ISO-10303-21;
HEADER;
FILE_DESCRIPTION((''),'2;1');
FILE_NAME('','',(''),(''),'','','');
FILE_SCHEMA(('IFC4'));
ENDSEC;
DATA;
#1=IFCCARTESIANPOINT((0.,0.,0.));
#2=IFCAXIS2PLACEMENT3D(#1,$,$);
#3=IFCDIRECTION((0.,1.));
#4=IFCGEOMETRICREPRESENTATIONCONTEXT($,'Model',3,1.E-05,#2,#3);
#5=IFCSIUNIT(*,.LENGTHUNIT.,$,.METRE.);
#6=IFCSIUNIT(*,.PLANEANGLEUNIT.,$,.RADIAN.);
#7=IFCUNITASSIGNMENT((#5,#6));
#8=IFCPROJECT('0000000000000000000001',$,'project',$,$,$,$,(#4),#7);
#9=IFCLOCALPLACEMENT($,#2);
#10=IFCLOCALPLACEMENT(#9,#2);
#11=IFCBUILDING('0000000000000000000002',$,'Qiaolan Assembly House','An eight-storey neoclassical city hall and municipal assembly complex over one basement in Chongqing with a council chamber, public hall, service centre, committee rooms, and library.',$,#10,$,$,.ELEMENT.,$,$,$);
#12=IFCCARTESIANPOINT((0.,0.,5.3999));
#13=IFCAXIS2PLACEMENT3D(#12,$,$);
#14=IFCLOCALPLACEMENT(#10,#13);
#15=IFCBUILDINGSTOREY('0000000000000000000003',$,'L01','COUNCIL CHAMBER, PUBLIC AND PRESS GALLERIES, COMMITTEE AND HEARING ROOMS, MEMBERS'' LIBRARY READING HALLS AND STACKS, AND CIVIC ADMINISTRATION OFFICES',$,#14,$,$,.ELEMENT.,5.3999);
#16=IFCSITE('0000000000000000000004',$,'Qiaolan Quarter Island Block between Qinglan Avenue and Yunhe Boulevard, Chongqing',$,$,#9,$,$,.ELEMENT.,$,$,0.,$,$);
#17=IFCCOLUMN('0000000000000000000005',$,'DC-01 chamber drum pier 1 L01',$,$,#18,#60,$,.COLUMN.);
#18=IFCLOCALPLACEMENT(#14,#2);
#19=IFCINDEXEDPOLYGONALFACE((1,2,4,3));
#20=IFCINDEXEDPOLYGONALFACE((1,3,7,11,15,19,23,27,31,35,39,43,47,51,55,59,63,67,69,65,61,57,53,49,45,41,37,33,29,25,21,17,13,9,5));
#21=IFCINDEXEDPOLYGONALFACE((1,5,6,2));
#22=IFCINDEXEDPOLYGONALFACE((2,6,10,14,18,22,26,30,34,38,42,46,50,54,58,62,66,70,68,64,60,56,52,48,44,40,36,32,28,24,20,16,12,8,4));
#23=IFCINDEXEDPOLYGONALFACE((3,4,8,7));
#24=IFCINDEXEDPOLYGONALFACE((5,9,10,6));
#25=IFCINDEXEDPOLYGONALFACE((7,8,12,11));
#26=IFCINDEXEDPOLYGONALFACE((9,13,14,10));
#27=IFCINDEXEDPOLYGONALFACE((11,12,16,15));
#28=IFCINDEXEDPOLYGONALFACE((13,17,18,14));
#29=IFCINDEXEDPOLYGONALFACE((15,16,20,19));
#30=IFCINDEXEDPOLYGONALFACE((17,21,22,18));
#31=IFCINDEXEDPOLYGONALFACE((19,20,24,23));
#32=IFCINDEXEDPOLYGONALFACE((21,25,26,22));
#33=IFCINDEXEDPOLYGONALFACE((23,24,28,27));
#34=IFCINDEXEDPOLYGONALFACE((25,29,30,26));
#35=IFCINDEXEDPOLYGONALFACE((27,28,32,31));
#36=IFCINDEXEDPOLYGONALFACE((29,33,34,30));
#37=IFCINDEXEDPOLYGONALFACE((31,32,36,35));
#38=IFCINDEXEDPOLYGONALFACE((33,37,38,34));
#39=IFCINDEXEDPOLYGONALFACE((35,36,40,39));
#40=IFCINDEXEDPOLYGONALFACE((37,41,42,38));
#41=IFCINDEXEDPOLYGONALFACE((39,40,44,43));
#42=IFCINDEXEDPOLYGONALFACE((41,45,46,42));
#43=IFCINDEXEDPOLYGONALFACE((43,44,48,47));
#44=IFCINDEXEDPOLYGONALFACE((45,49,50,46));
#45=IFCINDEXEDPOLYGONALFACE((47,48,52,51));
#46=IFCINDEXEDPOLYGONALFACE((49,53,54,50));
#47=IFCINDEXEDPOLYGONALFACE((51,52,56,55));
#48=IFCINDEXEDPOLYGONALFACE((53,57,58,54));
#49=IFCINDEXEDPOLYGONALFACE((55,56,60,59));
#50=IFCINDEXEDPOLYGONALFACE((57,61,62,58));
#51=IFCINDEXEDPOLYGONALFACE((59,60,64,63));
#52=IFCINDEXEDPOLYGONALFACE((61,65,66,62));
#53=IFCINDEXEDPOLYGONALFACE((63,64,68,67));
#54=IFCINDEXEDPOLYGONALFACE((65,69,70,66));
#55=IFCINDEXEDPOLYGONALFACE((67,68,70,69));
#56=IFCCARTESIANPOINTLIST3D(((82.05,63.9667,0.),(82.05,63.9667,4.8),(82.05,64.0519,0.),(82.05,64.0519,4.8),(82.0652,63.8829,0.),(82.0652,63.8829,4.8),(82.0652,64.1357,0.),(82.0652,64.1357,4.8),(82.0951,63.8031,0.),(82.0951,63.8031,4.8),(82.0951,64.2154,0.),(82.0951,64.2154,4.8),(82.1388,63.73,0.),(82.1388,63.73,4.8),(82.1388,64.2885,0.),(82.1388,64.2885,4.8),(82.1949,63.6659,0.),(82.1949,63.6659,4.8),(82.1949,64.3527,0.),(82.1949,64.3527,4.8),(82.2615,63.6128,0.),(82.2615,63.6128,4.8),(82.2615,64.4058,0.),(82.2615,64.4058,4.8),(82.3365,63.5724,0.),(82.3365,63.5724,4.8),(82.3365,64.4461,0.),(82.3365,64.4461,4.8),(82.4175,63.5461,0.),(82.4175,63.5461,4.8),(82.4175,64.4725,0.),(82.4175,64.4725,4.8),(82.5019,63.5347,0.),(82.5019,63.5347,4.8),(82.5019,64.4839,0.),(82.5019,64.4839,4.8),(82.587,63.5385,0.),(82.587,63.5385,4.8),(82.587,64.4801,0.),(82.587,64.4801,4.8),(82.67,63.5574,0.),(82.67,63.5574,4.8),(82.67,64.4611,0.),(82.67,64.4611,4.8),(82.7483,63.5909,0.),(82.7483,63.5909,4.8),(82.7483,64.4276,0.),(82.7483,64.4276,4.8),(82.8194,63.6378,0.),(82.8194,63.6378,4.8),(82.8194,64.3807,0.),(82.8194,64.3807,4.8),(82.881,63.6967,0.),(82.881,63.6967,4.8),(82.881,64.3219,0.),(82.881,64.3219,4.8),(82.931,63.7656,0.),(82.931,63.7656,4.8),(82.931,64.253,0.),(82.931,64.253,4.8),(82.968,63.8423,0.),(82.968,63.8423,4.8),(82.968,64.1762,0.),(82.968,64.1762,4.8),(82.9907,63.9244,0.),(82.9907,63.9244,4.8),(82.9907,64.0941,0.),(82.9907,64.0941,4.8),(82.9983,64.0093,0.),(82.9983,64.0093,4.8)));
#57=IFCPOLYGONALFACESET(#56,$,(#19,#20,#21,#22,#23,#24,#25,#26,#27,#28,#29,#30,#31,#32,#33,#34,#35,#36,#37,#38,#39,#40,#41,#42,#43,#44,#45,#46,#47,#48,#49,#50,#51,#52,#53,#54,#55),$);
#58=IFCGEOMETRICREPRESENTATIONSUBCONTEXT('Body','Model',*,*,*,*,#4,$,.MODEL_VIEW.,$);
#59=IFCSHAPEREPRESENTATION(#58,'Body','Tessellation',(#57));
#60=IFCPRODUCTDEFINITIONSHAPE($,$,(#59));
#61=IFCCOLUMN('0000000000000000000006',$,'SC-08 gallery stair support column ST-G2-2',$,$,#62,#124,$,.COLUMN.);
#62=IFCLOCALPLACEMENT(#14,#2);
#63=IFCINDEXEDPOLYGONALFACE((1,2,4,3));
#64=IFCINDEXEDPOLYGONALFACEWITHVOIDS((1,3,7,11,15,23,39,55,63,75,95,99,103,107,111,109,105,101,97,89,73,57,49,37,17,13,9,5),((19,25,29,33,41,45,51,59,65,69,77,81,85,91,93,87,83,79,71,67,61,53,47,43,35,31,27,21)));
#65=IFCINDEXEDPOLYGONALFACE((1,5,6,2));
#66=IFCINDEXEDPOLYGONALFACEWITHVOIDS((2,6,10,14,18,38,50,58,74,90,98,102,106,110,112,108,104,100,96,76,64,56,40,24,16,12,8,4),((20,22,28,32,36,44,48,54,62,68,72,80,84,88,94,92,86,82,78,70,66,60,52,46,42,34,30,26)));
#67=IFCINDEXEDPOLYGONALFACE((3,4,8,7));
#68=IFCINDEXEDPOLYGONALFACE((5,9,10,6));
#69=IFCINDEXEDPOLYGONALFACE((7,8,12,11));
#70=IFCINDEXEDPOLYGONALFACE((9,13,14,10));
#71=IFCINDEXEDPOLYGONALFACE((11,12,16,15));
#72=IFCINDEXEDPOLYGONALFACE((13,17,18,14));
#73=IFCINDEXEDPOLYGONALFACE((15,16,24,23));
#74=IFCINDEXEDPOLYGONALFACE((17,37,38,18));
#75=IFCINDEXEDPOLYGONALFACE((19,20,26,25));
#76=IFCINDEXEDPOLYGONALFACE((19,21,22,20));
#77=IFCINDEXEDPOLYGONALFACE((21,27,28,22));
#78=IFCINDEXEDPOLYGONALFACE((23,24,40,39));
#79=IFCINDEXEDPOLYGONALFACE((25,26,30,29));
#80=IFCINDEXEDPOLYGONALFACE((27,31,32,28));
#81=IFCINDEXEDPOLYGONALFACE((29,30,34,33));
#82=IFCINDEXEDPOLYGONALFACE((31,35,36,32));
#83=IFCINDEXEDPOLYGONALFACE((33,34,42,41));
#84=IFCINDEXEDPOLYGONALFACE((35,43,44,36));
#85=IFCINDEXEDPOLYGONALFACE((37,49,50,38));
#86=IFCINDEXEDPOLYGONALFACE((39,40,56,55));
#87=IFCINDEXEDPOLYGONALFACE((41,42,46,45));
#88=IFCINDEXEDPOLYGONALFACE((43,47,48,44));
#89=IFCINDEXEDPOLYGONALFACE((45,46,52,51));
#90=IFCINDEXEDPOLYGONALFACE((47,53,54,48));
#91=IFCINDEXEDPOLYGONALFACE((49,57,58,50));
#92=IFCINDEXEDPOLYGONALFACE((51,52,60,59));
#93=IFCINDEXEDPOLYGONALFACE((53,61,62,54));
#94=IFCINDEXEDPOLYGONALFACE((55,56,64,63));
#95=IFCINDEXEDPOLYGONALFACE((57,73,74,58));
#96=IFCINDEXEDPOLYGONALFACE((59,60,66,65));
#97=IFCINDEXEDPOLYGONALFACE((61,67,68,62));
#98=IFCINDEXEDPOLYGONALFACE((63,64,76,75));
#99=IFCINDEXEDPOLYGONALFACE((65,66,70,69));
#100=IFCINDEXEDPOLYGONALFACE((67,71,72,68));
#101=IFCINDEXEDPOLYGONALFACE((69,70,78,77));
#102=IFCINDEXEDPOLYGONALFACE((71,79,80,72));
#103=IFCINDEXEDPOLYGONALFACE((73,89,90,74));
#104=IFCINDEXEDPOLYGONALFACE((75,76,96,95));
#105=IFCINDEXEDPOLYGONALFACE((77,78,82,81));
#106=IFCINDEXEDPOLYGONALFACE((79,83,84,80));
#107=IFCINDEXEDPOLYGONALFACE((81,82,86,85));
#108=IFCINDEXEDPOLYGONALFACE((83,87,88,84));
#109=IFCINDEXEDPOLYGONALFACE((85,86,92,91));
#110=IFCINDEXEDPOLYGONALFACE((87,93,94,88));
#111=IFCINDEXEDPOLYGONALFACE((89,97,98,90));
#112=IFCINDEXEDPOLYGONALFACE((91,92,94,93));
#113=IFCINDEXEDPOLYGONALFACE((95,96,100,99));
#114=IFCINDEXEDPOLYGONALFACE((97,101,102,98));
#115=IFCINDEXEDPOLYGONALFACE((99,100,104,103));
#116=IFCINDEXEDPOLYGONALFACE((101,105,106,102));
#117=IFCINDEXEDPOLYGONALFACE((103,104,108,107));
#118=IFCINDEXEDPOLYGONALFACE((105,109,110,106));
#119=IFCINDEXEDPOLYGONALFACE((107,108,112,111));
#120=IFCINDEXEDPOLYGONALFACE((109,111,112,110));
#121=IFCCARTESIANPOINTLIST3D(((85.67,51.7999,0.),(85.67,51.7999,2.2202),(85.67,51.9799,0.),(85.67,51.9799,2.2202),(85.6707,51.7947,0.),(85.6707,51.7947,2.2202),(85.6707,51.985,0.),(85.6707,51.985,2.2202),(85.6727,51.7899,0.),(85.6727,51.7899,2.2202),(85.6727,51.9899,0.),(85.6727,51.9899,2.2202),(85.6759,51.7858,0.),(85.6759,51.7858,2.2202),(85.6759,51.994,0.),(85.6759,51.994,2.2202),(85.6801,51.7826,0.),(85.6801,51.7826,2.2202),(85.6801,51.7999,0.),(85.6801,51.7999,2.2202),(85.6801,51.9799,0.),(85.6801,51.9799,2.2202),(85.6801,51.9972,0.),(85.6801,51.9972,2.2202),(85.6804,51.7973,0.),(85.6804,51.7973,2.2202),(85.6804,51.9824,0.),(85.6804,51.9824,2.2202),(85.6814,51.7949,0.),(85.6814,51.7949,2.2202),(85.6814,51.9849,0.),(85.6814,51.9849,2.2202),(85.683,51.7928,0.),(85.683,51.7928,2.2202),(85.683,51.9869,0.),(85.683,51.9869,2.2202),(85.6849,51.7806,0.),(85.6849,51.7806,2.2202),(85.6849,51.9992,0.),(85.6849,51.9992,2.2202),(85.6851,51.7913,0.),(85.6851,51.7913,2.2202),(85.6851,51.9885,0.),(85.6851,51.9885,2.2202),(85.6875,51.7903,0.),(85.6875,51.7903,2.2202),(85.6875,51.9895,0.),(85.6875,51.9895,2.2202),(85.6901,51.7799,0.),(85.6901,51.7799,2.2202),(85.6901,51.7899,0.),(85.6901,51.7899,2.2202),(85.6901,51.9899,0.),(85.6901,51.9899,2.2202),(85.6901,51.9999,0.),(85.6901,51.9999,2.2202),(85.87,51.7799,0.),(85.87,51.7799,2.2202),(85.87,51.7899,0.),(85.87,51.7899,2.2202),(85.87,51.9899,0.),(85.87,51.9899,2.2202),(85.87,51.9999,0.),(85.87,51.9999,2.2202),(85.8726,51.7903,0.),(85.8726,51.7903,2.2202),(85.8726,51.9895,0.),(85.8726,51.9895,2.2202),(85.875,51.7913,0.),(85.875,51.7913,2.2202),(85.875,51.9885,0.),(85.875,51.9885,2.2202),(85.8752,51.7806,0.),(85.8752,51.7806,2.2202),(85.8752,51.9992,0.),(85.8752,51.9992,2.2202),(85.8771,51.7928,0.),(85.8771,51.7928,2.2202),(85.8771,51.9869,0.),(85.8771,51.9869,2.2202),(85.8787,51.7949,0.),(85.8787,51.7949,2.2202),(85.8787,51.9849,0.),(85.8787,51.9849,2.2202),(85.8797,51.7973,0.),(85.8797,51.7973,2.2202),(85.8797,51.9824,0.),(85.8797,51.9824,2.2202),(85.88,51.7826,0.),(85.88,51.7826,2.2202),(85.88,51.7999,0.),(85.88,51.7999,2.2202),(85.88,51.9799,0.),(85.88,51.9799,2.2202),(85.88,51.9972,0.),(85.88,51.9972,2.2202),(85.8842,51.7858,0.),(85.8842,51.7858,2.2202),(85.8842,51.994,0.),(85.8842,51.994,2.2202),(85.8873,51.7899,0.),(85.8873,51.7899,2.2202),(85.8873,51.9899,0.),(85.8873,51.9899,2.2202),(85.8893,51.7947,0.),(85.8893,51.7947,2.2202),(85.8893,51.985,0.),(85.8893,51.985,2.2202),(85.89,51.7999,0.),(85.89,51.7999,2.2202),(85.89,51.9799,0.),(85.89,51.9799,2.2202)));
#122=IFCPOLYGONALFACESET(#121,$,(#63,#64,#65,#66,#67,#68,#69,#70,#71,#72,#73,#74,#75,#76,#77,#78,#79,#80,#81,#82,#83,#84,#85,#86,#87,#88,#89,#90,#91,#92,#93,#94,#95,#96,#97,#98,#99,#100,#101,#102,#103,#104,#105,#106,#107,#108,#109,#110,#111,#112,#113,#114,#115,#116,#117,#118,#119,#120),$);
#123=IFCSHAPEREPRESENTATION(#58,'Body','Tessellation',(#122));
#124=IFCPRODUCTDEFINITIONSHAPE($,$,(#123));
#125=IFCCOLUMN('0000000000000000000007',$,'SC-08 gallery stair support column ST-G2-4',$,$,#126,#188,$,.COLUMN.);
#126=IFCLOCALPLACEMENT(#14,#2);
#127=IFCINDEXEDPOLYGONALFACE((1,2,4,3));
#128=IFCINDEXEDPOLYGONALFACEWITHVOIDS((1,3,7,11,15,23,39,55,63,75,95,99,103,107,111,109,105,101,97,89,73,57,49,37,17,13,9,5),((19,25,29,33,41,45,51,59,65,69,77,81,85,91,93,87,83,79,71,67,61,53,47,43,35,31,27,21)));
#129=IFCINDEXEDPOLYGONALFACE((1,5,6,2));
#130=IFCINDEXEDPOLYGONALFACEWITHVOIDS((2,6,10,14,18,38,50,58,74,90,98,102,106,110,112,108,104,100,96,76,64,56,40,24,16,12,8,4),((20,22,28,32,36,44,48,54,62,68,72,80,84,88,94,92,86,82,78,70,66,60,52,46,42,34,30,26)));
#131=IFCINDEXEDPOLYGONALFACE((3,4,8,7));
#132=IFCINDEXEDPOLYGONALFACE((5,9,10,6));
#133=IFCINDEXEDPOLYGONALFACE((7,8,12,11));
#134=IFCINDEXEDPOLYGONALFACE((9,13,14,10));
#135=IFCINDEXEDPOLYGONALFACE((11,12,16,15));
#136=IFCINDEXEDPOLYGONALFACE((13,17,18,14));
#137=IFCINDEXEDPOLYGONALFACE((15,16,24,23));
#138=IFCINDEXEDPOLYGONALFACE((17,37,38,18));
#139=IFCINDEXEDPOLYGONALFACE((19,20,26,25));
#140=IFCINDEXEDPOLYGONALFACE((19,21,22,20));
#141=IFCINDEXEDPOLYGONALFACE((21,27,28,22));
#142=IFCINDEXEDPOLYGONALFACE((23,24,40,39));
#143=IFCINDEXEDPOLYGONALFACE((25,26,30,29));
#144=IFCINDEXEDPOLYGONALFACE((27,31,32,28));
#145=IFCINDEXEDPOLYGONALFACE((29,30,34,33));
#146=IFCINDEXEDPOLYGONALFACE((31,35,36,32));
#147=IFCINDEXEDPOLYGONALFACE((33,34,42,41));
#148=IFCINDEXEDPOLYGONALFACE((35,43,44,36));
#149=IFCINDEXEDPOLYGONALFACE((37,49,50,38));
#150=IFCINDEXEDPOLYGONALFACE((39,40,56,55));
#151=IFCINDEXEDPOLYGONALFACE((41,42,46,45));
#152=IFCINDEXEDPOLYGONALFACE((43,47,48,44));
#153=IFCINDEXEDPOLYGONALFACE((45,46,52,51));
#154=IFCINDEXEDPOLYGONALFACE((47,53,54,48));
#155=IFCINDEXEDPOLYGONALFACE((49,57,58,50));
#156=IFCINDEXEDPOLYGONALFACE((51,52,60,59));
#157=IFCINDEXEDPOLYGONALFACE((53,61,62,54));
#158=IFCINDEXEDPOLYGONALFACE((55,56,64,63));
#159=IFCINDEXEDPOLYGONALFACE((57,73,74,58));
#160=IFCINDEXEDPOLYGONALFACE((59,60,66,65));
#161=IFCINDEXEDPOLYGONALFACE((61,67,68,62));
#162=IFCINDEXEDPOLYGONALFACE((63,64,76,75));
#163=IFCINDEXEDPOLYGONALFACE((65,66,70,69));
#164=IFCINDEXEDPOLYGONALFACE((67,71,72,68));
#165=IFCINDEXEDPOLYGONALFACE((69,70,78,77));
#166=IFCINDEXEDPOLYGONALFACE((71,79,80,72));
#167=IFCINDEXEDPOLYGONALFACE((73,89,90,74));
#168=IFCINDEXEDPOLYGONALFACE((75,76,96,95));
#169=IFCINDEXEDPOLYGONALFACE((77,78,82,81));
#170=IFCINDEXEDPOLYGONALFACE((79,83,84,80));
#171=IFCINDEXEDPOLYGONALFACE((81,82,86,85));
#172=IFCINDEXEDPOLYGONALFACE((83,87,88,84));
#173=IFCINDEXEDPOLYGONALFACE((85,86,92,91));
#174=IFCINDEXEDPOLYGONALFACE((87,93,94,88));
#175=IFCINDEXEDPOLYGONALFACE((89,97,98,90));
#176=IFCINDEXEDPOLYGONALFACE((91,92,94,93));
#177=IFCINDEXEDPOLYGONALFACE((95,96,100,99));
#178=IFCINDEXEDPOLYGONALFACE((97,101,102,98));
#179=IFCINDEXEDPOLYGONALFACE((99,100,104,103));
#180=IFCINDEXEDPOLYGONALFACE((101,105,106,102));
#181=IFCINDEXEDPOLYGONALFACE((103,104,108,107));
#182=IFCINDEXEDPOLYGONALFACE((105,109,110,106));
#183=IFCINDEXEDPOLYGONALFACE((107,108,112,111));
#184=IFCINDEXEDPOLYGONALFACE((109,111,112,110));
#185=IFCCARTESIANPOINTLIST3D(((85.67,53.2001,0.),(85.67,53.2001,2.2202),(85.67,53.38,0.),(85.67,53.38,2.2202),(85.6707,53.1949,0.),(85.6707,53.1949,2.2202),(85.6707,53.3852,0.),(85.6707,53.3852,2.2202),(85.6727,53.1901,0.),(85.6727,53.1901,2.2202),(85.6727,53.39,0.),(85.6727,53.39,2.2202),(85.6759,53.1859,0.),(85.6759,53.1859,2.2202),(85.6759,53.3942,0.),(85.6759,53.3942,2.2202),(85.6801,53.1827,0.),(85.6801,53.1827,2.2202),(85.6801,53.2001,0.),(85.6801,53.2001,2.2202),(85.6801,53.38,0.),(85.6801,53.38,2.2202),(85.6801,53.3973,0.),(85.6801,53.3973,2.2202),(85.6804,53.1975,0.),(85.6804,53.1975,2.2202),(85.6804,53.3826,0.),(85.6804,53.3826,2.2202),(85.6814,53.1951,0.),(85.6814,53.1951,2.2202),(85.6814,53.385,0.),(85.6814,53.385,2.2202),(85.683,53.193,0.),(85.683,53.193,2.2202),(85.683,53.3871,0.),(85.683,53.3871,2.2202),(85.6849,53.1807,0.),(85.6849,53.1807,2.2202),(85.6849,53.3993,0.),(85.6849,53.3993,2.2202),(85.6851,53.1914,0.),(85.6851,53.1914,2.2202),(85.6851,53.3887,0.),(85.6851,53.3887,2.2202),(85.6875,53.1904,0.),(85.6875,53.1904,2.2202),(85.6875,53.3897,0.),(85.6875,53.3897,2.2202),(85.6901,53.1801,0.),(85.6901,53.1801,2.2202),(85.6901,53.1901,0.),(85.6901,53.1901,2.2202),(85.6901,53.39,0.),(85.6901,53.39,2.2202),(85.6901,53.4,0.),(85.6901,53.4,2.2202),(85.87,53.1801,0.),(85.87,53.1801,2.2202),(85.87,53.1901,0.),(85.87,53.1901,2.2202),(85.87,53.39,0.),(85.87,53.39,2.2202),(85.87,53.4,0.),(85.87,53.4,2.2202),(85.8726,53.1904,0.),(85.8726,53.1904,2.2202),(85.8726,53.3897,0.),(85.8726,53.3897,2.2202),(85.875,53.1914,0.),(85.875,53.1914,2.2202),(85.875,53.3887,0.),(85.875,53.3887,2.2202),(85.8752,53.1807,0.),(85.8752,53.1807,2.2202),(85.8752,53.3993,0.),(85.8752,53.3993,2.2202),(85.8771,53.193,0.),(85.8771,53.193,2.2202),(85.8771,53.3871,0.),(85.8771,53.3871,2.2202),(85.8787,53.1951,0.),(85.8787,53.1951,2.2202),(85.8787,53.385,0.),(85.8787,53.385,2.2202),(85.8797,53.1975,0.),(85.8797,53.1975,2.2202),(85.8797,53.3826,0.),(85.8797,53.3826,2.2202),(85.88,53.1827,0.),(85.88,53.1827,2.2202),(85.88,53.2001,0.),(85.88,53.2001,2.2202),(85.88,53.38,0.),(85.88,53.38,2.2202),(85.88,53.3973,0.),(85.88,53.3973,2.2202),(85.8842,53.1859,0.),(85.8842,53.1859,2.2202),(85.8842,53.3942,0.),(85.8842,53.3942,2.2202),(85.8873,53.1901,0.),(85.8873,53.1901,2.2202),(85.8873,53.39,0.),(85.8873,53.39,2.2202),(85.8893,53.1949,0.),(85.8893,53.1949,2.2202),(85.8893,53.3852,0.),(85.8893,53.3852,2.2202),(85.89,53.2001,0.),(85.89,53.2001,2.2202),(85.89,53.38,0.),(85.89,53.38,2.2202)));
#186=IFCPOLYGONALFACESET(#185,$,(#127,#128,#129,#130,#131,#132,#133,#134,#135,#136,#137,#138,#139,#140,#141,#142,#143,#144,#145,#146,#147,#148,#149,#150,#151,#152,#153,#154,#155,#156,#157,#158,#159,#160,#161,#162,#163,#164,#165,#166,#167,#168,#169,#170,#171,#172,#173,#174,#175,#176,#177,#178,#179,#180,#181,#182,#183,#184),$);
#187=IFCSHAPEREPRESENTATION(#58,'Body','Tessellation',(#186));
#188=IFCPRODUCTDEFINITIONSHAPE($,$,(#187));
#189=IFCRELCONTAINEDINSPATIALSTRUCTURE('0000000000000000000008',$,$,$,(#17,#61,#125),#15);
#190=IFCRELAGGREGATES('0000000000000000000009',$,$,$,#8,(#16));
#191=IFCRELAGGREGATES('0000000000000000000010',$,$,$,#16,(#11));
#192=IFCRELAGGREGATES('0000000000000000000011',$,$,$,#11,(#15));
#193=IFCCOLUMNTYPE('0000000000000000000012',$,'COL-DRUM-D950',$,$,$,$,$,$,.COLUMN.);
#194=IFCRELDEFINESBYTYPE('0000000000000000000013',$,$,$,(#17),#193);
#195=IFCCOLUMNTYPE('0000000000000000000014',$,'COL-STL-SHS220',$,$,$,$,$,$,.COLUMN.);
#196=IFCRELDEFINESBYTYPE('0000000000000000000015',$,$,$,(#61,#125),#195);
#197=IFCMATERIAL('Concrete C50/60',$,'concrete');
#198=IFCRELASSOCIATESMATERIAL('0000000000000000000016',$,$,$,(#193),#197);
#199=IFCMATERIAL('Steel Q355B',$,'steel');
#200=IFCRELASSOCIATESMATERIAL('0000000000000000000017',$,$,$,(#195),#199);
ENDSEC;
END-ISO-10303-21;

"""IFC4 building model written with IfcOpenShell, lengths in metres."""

from ifc_helpers import new_model, si_unit, direction, frame, origin, origin_2d, place, context, subcontext, project, spatial, hollow_rectangle, circle, extrude, material, material_profile, profile_set, type_object, element, save


model = new_model("IFC4")

# Units and contexts
model_context = context("Model", 3, precision=1e-05, world=origin(), true_north=direction((0.0, 1.0)))
body_context = subcontext(model_context, "Body", "Model", "MODEL_VIEW")
ifc_project = project(units=[si_unit("LENGTHUNIT", "METRE"), si_unit("PLANEANGLEUNIT", "RADIAN")], contexts=[model_context])

# Site, building, storey
site_placement = place(None, origin())
site = spatial("IfcSite", under=ifc_project, at=site_placement, Name="Qiaolan Quarter Island Block between Qinglan Avenue and Yunhe Boulevard, Chongqing", CompositionType="ELEMENT", RefElevation=0.0)
building_placement = place(site_placement, origin())
building = spatial("IfcBuilding", under=site, at=building_placement, Name="Qiaolan Assembly House", Description="An eight-storey neoclassical city hall and municipal assembly complex over one basement in Chongqing with a council chamber, public hall, service centre, committee rooms, and library.", CompositionType="ELEMENT")
storey_placement = place(building_placement, frame((0.0, 0.0, 5.3999)))
storey = spatial("IfcBuildingStorey", under=building, at=storey_placement, Name="L01", Description="COUNCIL CHAMBER, PUBLIC AND PRESS GALLERIES, COMMITTEE AND HEARING ROOMS, MEMBERS' LIBRARY READING HALLS AND STACKS, AND CIVIC ADMINISTRATION OFFICES", CompositionType="ELEMENT", Elevation=5.3999)

# Columns
ifc_material_1 = material(Name="Concrete C50/60", Category="concrete")
ifc_material_profile_1 = material_profile(ifc_material_1, circle(Radius=0.4751, at=origin_2d()), Name="CIRC D950")
ifc_profile_set_1 = profile_set([ifc_material_profile_1], Name="Concrete C50/60")
column_type_1 = type_object("IfcColumnType", Name="COL-DRUM-D950", PredefinedType="COLUMN", material=ifc_profile_set_1)
column_placement = place(storey_placement, frame((82.5232, 64.0093, 0.0), z_axis=(0.0, 0.0, 1.0), x_axis=(1.0, 0.0, 0.0)))
element("IfcColumn", 1, at=column_placement, inside=storey, type_object=column_type_1, Name="DC-01 chamber drum pier 1 L01", PredefinedType="COLUMN", context=body_context, shape_type="SweptSolid", body=[
    extrude(circle(Radius=0.4751, at=origin_2d()), origin(), (0.0, 0.0, 1.0), 4.8),
])
ifc_material_2 = material(Name="Steel Q355B", Category="steel")
ifc_material_profile_2 = material_profile(ifc_material_2, hollow_rectangle(XDim=0.22, YDim=0.22, WallThickness=0.01, InnerFilletRadius=0.01, OuterFilletRadius=0.02, at=origin_2d()), Name="SHS 220x220x10")
ifc_profile_set_2 = profile_set([ifc_material_profile_2], Name="Steel Q355B")
column_type_2 = type_object("IfcColumnType", Name="COL-STL-SHS220", PredefinedType="COLUMN", material=ifc_profile_set_2)
for number, where, z_axis, x_axis, name in (
    (2, (85.78, 51.8899, 0.0), (0.0, 0.0, 1.0), (1.0, 0.0, 0.0), "SC-08 gallery stair support column ST-G2-2"),
    (3, (85.78, 53.29, 0.0), (0.0, 0.0, 1.0), (1.0, 0.0, 0.0), "SC-08 gallery stair support column ST-G2-4"),
):
    element("IfcColumn", number, at=place(storey_placement, frame(where, z_axis=z_axis, x_axis=x_axis)), inside=storey, type_object=column_type_2, Name=name, PredefinedType="COLUMN", context=body_context, shape_type="SweptSolid", body=[
        extrude(hollow_rectangle(XDim=0.22, YDim=0.22, WallThickness=0.01, InnerFilletRadius=0.01, OuterFilletRadius=0.02, at=origin_2d()), origin(), (0.0, 0.0, 1.0), 2.2202),
    ])

save(model, "model.ifc")
